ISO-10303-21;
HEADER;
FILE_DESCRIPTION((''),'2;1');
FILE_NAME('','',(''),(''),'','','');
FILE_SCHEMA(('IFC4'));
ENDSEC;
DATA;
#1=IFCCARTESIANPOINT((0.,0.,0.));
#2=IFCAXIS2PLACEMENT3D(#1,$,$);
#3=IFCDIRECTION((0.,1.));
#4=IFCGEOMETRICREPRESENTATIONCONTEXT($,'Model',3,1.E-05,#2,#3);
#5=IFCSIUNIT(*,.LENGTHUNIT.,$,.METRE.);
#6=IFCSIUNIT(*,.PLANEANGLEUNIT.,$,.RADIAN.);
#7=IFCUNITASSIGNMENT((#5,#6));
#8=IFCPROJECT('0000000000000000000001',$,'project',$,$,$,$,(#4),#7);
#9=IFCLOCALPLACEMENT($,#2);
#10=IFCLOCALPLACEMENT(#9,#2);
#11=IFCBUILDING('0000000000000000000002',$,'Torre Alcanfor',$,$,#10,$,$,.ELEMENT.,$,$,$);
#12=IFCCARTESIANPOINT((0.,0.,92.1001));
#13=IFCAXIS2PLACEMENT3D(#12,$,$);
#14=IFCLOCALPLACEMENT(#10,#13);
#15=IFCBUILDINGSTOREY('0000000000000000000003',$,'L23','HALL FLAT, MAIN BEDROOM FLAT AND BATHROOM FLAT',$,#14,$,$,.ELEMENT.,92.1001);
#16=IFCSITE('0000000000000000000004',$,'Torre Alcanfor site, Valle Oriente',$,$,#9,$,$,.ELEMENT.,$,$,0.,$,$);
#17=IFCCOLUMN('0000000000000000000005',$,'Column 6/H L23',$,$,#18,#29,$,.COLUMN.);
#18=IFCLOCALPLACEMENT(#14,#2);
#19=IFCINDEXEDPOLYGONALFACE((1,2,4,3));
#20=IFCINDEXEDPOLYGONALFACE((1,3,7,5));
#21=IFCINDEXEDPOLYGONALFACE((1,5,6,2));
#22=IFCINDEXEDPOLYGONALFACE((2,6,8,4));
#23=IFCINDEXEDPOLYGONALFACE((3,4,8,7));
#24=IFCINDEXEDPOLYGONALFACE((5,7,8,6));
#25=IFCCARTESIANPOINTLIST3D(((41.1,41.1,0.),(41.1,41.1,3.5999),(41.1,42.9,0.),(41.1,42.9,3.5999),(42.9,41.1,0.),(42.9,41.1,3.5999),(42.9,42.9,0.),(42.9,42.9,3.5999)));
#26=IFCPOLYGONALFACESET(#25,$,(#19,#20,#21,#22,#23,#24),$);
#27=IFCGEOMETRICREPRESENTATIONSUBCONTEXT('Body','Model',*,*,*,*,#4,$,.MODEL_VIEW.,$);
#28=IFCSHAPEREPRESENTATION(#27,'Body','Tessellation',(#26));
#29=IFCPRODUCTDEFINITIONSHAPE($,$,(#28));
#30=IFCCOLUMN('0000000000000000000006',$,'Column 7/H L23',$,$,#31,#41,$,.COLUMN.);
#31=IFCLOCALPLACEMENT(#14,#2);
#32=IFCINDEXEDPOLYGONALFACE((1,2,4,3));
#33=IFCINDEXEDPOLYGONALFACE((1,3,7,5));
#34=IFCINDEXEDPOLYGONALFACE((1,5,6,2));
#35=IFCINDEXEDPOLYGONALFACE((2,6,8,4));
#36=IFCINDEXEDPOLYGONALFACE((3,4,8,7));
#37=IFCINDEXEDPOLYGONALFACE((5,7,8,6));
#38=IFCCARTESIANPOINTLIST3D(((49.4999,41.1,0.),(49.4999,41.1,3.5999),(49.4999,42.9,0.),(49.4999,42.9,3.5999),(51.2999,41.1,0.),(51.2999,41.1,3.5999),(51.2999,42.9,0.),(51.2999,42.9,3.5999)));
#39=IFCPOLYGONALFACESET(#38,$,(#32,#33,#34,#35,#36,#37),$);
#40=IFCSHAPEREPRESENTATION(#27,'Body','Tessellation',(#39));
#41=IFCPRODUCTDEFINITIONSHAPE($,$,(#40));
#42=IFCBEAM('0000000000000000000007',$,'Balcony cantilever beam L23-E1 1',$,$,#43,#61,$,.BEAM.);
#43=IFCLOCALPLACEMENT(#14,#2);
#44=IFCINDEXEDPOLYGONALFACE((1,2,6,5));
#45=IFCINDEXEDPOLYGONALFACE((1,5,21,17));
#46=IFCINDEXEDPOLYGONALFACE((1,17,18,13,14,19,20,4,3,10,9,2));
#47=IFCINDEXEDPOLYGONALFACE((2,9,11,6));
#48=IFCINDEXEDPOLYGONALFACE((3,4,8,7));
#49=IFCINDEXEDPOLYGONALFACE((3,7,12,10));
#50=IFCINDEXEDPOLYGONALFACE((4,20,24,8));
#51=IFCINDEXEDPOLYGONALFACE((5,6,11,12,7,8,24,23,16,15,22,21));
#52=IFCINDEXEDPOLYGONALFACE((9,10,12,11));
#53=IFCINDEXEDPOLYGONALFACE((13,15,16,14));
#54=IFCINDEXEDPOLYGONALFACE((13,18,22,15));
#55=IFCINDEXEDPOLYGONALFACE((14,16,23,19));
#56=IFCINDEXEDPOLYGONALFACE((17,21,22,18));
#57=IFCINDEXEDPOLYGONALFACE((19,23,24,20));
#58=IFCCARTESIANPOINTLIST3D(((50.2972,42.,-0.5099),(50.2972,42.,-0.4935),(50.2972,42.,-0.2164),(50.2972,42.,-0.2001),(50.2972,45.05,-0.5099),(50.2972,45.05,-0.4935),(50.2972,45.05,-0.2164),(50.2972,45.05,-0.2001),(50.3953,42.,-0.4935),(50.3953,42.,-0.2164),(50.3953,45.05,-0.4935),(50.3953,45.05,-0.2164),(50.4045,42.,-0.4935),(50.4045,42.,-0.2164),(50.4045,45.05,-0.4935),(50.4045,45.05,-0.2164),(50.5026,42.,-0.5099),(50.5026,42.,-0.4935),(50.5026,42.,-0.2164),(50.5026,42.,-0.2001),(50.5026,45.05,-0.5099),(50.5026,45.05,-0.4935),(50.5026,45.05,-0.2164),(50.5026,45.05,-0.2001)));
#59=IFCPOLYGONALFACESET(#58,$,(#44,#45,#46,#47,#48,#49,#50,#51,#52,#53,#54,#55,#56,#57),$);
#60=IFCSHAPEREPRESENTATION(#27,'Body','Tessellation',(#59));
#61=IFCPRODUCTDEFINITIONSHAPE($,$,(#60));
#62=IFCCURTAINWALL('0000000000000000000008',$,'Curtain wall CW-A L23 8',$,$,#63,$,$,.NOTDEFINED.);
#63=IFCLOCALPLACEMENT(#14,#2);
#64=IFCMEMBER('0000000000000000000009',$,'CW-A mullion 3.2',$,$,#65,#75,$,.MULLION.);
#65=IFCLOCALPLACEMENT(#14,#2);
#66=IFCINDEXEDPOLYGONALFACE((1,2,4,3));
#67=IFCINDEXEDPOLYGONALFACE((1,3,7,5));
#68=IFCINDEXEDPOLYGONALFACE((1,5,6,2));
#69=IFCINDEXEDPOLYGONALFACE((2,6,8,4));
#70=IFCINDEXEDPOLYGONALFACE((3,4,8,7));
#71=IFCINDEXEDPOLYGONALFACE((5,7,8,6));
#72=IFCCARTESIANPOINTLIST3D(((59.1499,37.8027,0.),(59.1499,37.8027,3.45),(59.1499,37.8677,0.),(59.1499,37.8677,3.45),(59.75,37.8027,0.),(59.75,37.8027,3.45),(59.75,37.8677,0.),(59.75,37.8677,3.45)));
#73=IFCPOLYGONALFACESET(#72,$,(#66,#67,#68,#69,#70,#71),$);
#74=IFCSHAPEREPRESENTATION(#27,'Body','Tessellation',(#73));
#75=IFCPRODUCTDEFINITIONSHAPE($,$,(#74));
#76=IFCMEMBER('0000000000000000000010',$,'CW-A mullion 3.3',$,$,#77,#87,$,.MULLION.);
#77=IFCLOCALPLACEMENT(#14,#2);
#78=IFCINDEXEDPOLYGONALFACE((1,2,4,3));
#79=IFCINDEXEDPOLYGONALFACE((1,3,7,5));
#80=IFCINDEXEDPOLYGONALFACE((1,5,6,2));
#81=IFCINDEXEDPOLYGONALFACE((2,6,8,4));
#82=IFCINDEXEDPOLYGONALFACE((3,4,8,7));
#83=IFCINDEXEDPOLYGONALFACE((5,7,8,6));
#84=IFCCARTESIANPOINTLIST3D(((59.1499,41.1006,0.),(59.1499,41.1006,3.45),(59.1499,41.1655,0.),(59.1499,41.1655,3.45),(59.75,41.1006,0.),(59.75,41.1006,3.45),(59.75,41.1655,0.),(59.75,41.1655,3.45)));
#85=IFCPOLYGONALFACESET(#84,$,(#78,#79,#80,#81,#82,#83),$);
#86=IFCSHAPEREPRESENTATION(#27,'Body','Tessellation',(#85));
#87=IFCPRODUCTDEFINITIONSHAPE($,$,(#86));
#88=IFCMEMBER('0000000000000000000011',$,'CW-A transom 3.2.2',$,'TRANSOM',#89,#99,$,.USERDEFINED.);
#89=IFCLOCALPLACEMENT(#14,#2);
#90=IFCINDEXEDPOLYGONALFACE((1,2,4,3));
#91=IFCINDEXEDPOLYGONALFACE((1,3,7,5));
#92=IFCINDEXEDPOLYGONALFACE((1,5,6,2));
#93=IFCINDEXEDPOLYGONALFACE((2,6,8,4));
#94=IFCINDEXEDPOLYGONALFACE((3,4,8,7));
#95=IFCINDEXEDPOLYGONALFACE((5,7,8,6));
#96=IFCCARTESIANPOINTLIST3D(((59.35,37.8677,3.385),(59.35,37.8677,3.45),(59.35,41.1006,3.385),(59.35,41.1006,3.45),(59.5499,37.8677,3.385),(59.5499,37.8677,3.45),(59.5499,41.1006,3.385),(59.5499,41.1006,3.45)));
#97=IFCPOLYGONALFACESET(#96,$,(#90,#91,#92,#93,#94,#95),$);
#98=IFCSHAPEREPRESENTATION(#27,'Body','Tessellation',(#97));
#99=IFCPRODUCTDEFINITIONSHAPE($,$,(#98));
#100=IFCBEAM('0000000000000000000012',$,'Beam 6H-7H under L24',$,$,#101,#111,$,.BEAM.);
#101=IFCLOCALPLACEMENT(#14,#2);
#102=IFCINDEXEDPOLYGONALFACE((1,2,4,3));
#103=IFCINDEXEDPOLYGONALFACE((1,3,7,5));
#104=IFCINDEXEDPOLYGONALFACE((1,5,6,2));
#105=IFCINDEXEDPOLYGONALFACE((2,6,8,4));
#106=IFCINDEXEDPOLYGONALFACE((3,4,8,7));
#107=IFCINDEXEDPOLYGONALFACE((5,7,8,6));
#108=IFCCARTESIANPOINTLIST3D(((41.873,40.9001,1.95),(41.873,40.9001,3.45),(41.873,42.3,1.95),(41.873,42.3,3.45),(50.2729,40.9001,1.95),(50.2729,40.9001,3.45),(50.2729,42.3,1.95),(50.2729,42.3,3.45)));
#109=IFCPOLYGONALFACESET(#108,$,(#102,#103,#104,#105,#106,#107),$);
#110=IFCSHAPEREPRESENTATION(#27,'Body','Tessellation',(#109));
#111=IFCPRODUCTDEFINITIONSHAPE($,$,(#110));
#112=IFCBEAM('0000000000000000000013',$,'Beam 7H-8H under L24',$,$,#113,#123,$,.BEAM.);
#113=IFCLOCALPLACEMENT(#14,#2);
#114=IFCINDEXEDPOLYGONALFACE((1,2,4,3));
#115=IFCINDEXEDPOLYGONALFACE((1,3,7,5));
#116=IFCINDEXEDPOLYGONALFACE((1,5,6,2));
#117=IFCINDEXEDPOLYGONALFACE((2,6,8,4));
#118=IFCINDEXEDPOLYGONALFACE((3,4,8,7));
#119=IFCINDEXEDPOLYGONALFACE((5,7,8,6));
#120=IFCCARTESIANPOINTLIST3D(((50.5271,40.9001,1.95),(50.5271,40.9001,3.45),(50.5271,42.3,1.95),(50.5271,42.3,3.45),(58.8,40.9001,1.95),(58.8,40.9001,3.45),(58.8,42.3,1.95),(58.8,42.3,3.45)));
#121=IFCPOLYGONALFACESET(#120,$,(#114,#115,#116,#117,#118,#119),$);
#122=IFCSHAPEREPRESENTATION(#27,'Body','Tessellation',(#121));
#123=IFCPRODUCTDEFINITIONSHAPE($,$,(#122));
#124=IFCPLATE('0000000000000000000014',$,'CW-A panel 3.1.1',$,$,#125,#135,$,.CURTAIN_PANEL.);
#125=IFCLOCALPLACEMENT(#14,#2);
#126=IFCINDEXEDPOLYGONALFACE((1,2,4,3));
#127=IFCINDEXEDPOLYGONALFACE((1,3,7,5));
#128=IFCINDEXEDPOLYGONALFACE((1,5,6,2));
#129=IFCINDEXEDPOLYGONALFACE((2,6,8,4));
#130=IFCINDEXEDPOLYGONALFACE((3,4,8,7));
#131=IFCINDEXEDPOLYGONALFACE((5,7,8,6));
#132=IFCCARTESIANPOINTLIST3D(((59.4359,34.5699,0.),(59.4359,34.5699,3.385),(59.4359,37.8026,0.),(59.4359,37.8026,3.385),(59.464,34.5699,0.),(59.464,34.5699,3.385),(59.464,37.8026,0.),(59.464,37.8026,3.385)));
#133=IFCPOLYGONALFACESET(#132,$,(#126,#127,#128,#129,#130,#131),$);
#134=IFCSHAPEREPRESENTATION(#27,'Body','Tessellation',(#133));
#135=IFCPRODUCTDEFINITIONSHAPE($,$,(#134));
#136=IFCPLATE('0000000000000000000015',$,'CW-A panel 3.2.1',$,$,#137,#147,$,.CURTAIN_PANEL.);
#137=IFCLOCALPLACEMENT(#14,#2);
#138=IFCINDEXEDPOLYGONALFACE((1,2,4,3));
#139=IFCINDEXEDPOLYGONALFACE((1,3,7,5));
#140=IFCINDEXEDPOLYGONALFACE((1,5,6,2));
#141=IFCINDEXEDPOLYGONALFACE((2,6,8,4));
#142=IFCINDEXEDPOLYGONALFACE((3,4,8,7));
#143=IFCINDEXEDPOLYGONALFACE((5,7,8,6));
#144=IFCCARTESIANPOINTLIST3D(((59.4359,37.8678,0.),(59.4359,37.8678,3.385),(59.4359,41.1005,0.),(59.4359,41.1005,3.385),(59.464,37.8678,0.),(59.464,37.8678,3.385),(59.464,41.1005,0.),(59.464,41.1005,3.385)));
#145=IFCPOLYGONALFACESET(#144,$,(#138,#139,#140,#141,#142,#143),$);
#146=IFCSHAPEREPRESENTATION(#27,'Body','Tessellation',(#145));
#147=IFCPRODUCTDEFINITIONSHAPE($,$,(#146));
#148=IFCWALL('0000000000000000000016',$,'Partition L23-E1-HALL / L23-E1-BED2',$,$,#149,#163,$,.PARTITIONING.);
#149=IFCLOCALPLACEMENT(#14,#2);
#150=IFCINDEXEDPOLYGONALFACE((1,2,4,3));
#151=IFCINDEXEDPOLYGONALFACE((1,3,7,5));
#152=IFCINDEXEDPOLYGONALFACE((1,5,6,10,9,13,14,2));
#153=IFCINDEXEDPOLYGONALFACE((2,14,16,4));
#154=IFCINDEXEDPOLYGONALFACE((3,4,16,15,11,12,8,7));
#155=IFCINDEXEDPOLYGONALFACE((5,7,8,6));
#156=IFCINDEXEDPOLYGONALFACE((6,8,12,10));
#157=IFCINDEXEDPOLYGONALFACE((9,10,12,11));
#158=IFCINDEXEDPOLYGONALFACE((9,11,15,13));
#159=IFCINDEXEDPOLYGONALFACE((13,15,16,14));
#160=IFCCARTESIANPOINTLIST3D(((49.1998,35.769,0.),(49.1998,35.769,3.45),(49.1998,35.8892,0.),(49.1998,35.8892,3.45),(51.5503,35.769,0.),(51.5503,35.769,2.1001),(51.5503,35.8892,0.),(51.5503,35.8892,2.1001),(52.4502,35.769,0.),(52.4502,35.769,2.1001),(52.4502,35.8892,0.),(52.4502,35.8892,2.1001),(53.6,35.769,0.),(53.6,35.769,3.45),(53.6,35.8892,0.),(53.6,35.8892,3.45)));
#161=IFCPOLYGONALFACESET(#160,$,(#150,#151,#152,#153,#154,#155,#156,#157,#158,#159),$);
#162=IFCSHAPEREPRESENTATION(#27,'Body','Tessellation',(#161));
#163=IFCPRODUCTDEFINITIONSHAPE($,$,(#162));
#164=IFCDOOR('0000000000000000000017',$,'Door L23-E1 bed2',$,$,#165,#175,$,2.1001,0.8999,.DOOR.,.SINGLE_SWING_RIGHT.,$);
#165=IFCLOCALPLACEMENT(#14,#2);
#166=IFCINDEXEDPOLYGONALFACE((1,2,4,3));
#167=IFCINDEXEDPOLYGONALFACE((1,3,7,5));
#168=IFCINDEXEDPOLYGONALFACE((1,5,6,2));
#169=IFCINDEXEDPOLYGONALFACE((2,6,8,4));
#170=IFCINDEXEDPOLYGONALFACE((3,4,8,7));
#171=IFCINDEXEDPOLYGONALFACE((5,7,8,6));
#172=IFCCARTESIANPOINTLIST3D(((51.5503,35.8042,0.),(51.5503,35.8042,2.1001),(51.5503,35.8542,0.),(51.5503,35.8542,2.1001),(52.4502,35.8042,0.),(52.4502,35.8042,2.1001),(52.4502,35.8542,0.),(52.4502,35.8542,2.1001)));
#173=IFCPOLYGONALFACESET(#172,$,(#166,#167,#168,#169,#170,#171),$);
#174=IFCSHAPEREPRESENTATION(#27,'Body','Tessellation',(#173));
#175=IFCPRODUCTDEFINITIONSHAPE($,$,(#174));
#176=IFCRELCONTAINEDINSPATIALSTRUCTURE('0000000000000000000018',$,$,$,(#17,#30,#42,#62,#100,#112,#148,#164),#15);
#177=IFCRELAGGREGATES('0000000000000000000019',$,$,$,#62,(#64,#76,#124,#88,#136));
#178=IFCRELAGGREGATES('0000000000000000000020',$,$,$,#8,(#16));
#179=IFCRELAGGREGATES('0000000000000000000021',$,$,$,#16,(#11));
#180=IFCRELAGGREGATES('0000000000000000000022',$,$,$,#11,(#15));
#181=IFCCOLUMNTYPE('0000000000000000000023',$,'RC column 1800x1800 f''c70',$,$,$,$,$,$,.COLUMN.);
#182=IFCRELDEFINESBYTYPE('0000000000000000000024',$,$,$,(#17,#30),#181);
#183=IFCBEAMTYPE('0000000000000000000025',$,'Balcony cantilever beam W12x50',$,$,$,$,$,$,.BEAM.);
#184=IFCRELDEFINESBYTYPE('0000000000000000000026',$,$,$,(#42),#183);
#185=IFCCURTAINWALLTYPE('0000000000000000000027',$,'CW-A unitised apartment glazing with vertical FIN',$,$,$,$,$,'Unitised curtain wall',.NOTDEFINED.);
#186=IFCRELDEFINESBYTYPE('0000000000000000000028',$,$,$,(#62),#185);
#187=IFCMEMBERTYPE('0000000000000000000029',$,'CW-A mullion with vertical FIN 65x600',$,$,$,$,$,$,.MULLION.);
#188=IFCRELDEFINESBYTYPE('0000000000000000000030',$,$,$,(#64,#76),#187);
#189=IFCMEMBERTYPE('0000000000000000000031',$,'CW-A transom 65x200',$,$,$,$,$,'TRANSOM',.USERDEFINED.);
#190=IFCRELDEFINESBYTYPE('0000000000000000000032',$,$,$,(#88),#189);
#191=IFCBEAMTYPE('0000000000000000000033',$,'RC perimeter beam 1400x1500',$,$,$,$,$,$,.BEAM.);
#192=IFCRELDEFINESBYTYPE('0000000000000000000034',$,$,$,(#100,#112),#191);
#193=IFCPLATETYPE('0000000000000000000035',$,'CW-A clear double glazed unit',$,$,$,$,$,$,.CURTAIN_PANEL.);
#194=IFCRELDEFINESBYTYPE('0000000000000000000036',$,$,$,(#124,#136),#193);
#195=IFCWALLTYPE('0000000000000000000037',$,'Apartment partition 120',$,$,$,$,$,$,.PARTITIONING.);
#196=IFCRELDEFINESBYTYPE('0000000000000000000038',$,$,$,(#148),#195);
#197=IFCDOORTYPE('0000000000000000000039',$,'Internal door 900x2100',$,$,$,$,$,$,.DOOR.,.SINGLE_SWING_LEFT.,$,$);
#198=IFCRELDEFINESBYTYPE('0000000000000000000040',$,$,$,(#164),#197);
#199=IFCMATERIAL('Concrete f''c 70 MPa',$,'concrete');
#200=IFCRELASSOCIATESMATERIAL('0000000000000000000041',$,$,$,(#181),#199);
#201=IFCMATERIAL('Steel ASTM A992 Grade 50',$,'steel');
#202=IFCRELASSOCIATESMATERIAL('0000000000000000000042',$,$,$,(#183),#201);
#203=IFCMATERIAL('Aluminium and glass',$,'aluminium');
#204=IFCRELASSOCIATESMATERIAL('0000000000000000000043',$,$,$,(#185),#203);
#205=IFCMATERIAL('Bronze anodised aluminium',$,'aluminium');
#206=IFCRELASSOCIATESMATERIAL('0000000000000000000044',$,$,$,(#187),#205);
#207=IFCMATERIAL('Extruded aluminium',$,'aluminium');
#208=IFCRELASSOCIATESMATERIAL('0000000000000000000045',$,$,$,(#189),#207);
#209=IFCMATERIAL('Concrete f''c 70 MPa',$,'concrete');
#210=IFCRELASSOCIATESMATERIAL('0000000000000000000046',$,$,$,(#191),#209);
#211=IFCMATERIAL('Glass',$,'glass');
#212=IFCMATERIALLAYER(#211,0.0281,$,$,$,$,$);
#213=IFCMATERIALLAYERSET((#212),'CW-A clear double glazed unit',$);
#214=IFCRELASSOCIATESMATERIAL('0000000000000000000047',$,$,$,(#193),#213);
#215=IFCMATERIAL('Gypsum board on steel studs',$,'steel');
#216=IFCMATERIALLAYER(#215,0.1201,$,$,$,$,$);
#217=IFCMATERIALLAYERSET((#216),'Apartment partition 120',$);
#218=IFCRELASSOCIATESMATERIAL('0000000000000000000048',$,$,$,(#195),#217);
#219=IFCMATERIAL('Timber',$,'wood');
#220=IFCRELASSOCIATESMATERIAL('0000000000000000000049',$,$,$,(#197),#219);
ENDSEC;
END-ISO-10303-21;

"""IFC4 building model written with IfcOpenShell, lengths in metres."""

from ifc_helpers import new_model, si_unit, direction, frame, frame_2d, origin, origin_2d, place, context, subcontext, project, spatial, rectangle, i_section, extrude, material, layer, layer_set, material_profile, profile_set, type_object, element, fill, aggregate, save


model = new_model("IFC4")

# Units and contexts
model_context = context("Model", 3, precision=1e-05, world=origin(), true_north=direction((0.0, 1.0)))
body_context = subcontext(model_context, "Body", "Model", "MODEL_VIEW")
ifc_project = project(units=[si_unit("LENGTHUNIT", "METRE"), si_unit("PLANEANGLEUNIT", "RADIAN")], contexts=[model_context])

# Site, building, storey
site_placement = place(None, origin())
site = spatial("IfcSite", under=ifc_project, at=site_placement, Name="Torre Alcanfor site, Valle Oriente", CompositionType="ELEMENT", RefElevation=0.0)
building_placement = place(site_placement, origin())
building = spatial("IfcBuilding", under=site, at=building_placement, Name="Torre Alcanfor", CompositionType="ELEMENT")
storey_placement = place(building_placement, frame((0.0, 0.0, 92.1001)))
storey = spatial("IfcBuildingStorey", under=building, at=storey_placement, Name="L23", Description="HALL FLAT, MAIN BEDROOM FLAT AND BATHROOM FLAT", CompositionType="ELEMENT", Elevation=92.1001)

# Columns
ifc_material_1 = material(Name="Concrete f'c 70 MPa", Category="concrete")
ifc_material_profile_1 = material_profile(ifc_material_1, rectangle(XDim=1.8, YDim=1.8, at=origin_2d()), Name="1800x1800")
ifc_profile_set_1 = profile_set([ifc_material_profile_1], Name="Concrete f'c 70 MPa")
column_type = type_object("IfcColumnType", Name="RC column 1800x1800 f'c70", PredefinedType="COLUMN", material=ifc_profile_set_1)
for number, where, z_axis, x_axis, name in (
    (1, (42.0, 42.0, 0.0), (0.0, 0.0, 1.0), (1.0, 0.0, 0.0), "Column 6/H L23"),
    (2, (50.3999, 42.0, 0.0), (0.0, 0.0, 1.0), (1.0, 0.0, 0.0), "Column 7/H L23"),
):
    element("IfcColumn", number, at=place(storey_placement, frame(where, z_axis=z_axis, x_axis=x_axis)), inside=storey, type_object=column_type, Name=name, PredefinedType="COLUMN", context=body_context, shape_type="SweptSolid", body=[
        extrude(rectangle(XDim=1.8, YDim=1.8, at=origin_2d()), origin(), (0.0, 0.0, 1.0), 3.5999),
    ])

# Beam
ifc_material_2 = material(Name="Steel ASTM A992 Grade 50", Category="steel")
ifc_material_profile_2 = material_profile(ifc_material_2, i_section(OverallWidth=0.2053, OverallDepth=0.3098, WebThickness=0.0093, FlangeThickness=0.0164, at=origin_2d()), Name="W12x50")
ifc_profile_set_2 = profile_set([ifc_material_profile_2], Name="Steel ASTM A992 Grade 50")
beam_type_1 = type_object("IfcBeamType", Name="Balcony cantilever beam W12x50", PredefinedType="BEAM", material=ifc_profile_set_2)
beam_1_placement = place(storey_placement, frame((50.3999, 42.0, -0.355), z_axis=(0.0, 1.0, 0.0), x_axis=(-1.0, 0.0, 0.0)))
element("IfcBeam", 3, at=beam_1_placement, inside=storey, type_object=beam_type_1, Name="Balcony cantilever beam L23-E1 1", PredefinedType="BEAM", context=body_context, shape_type="SweptSolid", body=[
    extrude(i_section(OverallWidth=0.2053, OverallDepth=0.3098, WebThickness=0.0093, FlangeThickness=0.0164, at=origin_2d()), origin(), (0.0, 0.0, 1.0), 3.05),
])

# Curtain wall, members
ifc_material_3 = material(Name="Aluminium and glass", Category="aluminium")
curtain_wall_type = type_object("IfcCurtainWallType", Name="CW-A unitised apartment glazing with vertical FIN", ElementType="Unitised curtain wall", PredefinedType="NOTDEFINED", material=ifc_material_3)
curtain_wall_placement = place(storey_placement, origin())
curtain_wall = element("IfcCurtainWall", 4, at=curtain_wall_placement, inside=storey, type_object=curtain_wall_type, Name="Curtain wall CW-A L23 8", PredefinedType="NOTDEFINED")
ifc_material_4 = material(Name="Bronze anodised aluminium", Category="aluminium")
ifc_material_profile_3 = material_profile(ifc_material_4, rectangle(XDim=0.6001, YDim=0.0649, at=origin_2d()), Name="CW-A mullion 65x600")
ifc_profile_set_3 = profile_set([ifc_material_profile_3], Name="Bronze anodised aluminium")
member_type_1 = type_object("IfcMemberType", Name="CW-A mullion with vertical FIN 65x600", PredefinedType="MULLION", material=ifc_profile_set_3)
member_1_placement = place(storey_placement, frame((59.45, 37.8352, 0.0), z_axis=(0.0, 0.0, 1.0), x_axis=(-1.0, 0.0, 0.0)))
member_1 = element("IfcMember", 5, at=member_1_placement, type_object=member_type_1, Name="CW-A mullion 3.2", PredefinedType="MULLION", context=body_context, shape_type="SweptSolid", body=[
    extrude(rectangle(XDim=0.6001, YDim=0.0649, at=origin_2d()), origin(), (0.0, 0.0, 1.0), 3.45),
])
member_2_placement = place(storey_placement, frame((59.45, 41.1331, 0.0), z_axis=(0.0, 0.0, 1.0), x_axis=(-1.0, 0.0, 0.0)))
member_2 = element("IfcMember", 6, at=member_2_placement, type_object=member_type_1, Name="CW-A mullion 3.3", PredefinedType="MULLION", context=body_context, shape_type="SweptSolid", body=[
    extrude(rectangle(XDim=0.6001, YDim=0.0649, at=origin_2d()), origin(), (0.0, 0.0, 1.0), 3.45),
])
ifc_material_5 = material(Name="Extruded aluminium", Category="aluminium")
ifc_material_profile_4 = material_profile(ifc_material_5, rectangle(XDim=0.2, YDim=0.0649, at=origin_2d()), Name="CW-A transom 200x65")
ifc_profile_set_4 = profile_set([ifc_material_profile_4], Name="Extruded aluminium")
member_type_2 = type_object("IfcMemberType", Name="CW-A transom 65x200", ElementType="TRANSOM", PredefinedType="USERDEFINED", material=ifc_profile_set_4)
member_3_placement = place(storey_placement, frame((59.45, 37.8677, 3.4175), z_axis=(0.0, 1.0, 0.0), x_axis=(-1.0, 0.0, 0.0)))
member_3 = element("IfcMember", 7, at=member_3_placement, type_object=member_type_2, Name="CW-A transom 3.2.2", ObjectType="TRANSOM", PredefinedType="USERDEFINED", context=body_context, shape_type="SweptSolid", body=[
    extrude(rectangle(XDim=0.2, YDim=0.0649, at=origin_2d()), origin(), (0.0, 0.0, 1.0), 3.2329),
])

# Beams
ifc_material_6 = material(Name="Concrete f'c 70 MPa", Category="concrete")
ifc_material_profile_5 = material_profile(ifc_material_6, rectangle(XDim=1.3999, YDim=1.5, at=origin_2d()), Name="1400x1500")
ifc_profile_set_5 = profile_set([ifc_material_profile_5], Name="Concrete f'c 70 MPa")
beam_type_2 = type_object("IfcBeamType", Name="RC perimeter beam 1400x1500", PredefinedType="BEAM", material=ifc_profile_set_5)
beam_2_placement = place(storey_placement, frame((41.873, 41.6001, 2.7), z_axis=(1.0, 0.0, 0.0), x_axis=(0.0, 1.0, 0.0)))
element("IfcBeam", 8, at=beam_2_placement, inside=storey, type_object=beam_type_2, Name="Beam 6H-7H under L24", PredefinedType="BEAM", context=body_context, shape_type="SweptSolid", body=[
    extrude(rectangle(XDim=1.3999, YDim=1.5, at=origin_2d()), origin(), (0.0, 0.0, 1.0), 8.3999),
])
beam_3_placement = place(storey_placement, frame((50.5271, 41.6001, 2.7), z_axis=(1.0, 0.0, 0.0), x_axis=(0.0, 1.0, 0.0)))
element("IfcBeam", 9, at=beam_3_placement, inside=storey, type_object=beam_type_2, Name="Beam 7H-8H under L24", PredefinedType="BEAM", context=body_context, shape_type="SweptSolid", body=[
    extrude(rectangle(XDim=1.3999, YDim=1.5, at=origin_2d()), origin(), (0.0, 0.0, 1.0), 8.2729),
])

# Plates
ifc_material_7 = material(Name="Glass", Category="glass")
ifc_layer_1 = layer(ifc_material_7, 0.0281)
ifc_layer_set_1 = layer_set([ifc_layer_1], Name="CW-A clear double glazed unit")
plate_type = type_object("IfcPlateType", Name="CW-A clear double glazed unit", PredefinedType="CURTAIN_PANEL", material=ifc_layer_set_1)
plate_1_placement = place(storey_placement, frame((59.45, 36.1863, 0.0), z_axis=(0.0, 0.0, 1.0), x_axis=(0.0, 1.0, 0.0)))
plate_1 = element("IfcPlate", 10, at=plate_1_placement, type_object=plate_type, Name="CW-A panel 3.1.1", PredefinedType="CURTAIN_PANEL", context=body_context, shape_type="SweptSolid", body=[
    extrude(rectangle(XDim=3.2327, YDim=0.0281, at=origin_2d()), origin(), (0.0, 0.0, 1.0), 3.385),
])
plate_2_placement = place(storey_placement, frame((59.45, 39.4841, 0.0), z_axis=(0.0, 0.0, 1.0), x_axis=(0.0, 1.0, 0.0)))
plate_2 = element("IfcPlate", 11, at=plate_2_placement, type_object=plate_type, Name="CW-A panel 3.2.1", PredefinedType="CURTAIN_PANEL", context=body_context, shape_type="SweptSolid", body=[
    extrude(rectangle(XDim=3.2327, YDim=0.0281, at=origin_2d()), origin(), (0.0, 0.0, 1.0), 3.385),
])
aggregate(curtain_wall, [member_1, member_2, plate_1, member_3, plate_2])

# Wall, opening, door
ifc_material_8 = material(Name="Gypsum board on steel studs", Category="steel")
ifc_layer_2 = layer(ifc_material_8, 0.1201)
ifc_layer_set_2 = layer_set([ifc_layer_2], Name="Apartment partition 120")
wall_type_1 = type_object("IfcWallType", Name="Apartment partition 120", PredefinedType="PARTITIONING", material=ifc_layer_set_2)
wall_1_placement = place(storey_placement, frame((53.6001, 35.8291, 0.0), z_axis=(0.0, 0.0, 1.0), x_axis=(-1.0, 0.0, 0.0)))
wall_1 = element("IfcWall", 12, at=wall_1_placement, inside=storey, type_object=wall_type_1, Name="Partition L23-E1-HALL / L23-E1-BED2", PredefinedType="PARTITIONING", context=body_context, shape_type="SweptSolid", body=[
    extrude(rectangle(XDim=4.4001, YDim=0.1201, at=frame_2d((2.2002, 0.0))), origin(), (0.0, 0.0, 1.0), 3.45),
])
opening_1_placement = place(wall_1_placement, frame((1.1499, 0.0, 0.0)))
opening_1 = element("IfcOpeningElement", 13, at=opening_1_placement, cuts=wall_1, PredefinedType="OPENING", context=body_context, shape_type="SweptSolid", body=[
    extrude(rectangle(XDim=0.8999, YDim=2.1001, at=frame_2d((0.45, 1.05))), frame((0.0, 0.0701, 0.0), z_axis=(0.0, -1.0, 0.0), x_axis=(1.0, 0.0, 0.0)), (0.0, 0.0, 1.0), 0.1401),
])
ifc_material_9 = material(Name="Timber", Category="wood")
door_type_1 = type_object("IfcDoorType", Name="Internal door 900x2100", OperationType="SINGLE_SWING_LEFT", PredefinedType="DOOR", material=ifc_material_9)
door_1_placement = place(opening_1_placement, frame((0.8999, 0.0, 0.0), z_axis=(0.0, 0.0, 1.0), x_axis=(-1.0, 0.0, 0.0)))
door_1 = element("IfcDoor", 14, at=door_1_placement, inside=storey, type_object=door_type_1, Name="Door L23-E1 bed2", OperationType="SINGLE_SWING_RIGHT", OverallHeight=2.1001, OverallWidth=0.8999, PredefinedType="DOOR", context=body_context, shape_type="SweptSolid", body=[
    extrude(rectangle(XDim=0.8999, YDim=2.1001, at=frame_2d((0.45, 1.05))), frame((0.0, 0.0251, 0.0), z_axis=(0.0, -1.0, 0.0), x_axis=(1.0, 0.0, 0.0)), (0.0, 0.0, 1.0), 0.05),
])
fill(opening_1, door_1)

save(model, "model.ifc")
